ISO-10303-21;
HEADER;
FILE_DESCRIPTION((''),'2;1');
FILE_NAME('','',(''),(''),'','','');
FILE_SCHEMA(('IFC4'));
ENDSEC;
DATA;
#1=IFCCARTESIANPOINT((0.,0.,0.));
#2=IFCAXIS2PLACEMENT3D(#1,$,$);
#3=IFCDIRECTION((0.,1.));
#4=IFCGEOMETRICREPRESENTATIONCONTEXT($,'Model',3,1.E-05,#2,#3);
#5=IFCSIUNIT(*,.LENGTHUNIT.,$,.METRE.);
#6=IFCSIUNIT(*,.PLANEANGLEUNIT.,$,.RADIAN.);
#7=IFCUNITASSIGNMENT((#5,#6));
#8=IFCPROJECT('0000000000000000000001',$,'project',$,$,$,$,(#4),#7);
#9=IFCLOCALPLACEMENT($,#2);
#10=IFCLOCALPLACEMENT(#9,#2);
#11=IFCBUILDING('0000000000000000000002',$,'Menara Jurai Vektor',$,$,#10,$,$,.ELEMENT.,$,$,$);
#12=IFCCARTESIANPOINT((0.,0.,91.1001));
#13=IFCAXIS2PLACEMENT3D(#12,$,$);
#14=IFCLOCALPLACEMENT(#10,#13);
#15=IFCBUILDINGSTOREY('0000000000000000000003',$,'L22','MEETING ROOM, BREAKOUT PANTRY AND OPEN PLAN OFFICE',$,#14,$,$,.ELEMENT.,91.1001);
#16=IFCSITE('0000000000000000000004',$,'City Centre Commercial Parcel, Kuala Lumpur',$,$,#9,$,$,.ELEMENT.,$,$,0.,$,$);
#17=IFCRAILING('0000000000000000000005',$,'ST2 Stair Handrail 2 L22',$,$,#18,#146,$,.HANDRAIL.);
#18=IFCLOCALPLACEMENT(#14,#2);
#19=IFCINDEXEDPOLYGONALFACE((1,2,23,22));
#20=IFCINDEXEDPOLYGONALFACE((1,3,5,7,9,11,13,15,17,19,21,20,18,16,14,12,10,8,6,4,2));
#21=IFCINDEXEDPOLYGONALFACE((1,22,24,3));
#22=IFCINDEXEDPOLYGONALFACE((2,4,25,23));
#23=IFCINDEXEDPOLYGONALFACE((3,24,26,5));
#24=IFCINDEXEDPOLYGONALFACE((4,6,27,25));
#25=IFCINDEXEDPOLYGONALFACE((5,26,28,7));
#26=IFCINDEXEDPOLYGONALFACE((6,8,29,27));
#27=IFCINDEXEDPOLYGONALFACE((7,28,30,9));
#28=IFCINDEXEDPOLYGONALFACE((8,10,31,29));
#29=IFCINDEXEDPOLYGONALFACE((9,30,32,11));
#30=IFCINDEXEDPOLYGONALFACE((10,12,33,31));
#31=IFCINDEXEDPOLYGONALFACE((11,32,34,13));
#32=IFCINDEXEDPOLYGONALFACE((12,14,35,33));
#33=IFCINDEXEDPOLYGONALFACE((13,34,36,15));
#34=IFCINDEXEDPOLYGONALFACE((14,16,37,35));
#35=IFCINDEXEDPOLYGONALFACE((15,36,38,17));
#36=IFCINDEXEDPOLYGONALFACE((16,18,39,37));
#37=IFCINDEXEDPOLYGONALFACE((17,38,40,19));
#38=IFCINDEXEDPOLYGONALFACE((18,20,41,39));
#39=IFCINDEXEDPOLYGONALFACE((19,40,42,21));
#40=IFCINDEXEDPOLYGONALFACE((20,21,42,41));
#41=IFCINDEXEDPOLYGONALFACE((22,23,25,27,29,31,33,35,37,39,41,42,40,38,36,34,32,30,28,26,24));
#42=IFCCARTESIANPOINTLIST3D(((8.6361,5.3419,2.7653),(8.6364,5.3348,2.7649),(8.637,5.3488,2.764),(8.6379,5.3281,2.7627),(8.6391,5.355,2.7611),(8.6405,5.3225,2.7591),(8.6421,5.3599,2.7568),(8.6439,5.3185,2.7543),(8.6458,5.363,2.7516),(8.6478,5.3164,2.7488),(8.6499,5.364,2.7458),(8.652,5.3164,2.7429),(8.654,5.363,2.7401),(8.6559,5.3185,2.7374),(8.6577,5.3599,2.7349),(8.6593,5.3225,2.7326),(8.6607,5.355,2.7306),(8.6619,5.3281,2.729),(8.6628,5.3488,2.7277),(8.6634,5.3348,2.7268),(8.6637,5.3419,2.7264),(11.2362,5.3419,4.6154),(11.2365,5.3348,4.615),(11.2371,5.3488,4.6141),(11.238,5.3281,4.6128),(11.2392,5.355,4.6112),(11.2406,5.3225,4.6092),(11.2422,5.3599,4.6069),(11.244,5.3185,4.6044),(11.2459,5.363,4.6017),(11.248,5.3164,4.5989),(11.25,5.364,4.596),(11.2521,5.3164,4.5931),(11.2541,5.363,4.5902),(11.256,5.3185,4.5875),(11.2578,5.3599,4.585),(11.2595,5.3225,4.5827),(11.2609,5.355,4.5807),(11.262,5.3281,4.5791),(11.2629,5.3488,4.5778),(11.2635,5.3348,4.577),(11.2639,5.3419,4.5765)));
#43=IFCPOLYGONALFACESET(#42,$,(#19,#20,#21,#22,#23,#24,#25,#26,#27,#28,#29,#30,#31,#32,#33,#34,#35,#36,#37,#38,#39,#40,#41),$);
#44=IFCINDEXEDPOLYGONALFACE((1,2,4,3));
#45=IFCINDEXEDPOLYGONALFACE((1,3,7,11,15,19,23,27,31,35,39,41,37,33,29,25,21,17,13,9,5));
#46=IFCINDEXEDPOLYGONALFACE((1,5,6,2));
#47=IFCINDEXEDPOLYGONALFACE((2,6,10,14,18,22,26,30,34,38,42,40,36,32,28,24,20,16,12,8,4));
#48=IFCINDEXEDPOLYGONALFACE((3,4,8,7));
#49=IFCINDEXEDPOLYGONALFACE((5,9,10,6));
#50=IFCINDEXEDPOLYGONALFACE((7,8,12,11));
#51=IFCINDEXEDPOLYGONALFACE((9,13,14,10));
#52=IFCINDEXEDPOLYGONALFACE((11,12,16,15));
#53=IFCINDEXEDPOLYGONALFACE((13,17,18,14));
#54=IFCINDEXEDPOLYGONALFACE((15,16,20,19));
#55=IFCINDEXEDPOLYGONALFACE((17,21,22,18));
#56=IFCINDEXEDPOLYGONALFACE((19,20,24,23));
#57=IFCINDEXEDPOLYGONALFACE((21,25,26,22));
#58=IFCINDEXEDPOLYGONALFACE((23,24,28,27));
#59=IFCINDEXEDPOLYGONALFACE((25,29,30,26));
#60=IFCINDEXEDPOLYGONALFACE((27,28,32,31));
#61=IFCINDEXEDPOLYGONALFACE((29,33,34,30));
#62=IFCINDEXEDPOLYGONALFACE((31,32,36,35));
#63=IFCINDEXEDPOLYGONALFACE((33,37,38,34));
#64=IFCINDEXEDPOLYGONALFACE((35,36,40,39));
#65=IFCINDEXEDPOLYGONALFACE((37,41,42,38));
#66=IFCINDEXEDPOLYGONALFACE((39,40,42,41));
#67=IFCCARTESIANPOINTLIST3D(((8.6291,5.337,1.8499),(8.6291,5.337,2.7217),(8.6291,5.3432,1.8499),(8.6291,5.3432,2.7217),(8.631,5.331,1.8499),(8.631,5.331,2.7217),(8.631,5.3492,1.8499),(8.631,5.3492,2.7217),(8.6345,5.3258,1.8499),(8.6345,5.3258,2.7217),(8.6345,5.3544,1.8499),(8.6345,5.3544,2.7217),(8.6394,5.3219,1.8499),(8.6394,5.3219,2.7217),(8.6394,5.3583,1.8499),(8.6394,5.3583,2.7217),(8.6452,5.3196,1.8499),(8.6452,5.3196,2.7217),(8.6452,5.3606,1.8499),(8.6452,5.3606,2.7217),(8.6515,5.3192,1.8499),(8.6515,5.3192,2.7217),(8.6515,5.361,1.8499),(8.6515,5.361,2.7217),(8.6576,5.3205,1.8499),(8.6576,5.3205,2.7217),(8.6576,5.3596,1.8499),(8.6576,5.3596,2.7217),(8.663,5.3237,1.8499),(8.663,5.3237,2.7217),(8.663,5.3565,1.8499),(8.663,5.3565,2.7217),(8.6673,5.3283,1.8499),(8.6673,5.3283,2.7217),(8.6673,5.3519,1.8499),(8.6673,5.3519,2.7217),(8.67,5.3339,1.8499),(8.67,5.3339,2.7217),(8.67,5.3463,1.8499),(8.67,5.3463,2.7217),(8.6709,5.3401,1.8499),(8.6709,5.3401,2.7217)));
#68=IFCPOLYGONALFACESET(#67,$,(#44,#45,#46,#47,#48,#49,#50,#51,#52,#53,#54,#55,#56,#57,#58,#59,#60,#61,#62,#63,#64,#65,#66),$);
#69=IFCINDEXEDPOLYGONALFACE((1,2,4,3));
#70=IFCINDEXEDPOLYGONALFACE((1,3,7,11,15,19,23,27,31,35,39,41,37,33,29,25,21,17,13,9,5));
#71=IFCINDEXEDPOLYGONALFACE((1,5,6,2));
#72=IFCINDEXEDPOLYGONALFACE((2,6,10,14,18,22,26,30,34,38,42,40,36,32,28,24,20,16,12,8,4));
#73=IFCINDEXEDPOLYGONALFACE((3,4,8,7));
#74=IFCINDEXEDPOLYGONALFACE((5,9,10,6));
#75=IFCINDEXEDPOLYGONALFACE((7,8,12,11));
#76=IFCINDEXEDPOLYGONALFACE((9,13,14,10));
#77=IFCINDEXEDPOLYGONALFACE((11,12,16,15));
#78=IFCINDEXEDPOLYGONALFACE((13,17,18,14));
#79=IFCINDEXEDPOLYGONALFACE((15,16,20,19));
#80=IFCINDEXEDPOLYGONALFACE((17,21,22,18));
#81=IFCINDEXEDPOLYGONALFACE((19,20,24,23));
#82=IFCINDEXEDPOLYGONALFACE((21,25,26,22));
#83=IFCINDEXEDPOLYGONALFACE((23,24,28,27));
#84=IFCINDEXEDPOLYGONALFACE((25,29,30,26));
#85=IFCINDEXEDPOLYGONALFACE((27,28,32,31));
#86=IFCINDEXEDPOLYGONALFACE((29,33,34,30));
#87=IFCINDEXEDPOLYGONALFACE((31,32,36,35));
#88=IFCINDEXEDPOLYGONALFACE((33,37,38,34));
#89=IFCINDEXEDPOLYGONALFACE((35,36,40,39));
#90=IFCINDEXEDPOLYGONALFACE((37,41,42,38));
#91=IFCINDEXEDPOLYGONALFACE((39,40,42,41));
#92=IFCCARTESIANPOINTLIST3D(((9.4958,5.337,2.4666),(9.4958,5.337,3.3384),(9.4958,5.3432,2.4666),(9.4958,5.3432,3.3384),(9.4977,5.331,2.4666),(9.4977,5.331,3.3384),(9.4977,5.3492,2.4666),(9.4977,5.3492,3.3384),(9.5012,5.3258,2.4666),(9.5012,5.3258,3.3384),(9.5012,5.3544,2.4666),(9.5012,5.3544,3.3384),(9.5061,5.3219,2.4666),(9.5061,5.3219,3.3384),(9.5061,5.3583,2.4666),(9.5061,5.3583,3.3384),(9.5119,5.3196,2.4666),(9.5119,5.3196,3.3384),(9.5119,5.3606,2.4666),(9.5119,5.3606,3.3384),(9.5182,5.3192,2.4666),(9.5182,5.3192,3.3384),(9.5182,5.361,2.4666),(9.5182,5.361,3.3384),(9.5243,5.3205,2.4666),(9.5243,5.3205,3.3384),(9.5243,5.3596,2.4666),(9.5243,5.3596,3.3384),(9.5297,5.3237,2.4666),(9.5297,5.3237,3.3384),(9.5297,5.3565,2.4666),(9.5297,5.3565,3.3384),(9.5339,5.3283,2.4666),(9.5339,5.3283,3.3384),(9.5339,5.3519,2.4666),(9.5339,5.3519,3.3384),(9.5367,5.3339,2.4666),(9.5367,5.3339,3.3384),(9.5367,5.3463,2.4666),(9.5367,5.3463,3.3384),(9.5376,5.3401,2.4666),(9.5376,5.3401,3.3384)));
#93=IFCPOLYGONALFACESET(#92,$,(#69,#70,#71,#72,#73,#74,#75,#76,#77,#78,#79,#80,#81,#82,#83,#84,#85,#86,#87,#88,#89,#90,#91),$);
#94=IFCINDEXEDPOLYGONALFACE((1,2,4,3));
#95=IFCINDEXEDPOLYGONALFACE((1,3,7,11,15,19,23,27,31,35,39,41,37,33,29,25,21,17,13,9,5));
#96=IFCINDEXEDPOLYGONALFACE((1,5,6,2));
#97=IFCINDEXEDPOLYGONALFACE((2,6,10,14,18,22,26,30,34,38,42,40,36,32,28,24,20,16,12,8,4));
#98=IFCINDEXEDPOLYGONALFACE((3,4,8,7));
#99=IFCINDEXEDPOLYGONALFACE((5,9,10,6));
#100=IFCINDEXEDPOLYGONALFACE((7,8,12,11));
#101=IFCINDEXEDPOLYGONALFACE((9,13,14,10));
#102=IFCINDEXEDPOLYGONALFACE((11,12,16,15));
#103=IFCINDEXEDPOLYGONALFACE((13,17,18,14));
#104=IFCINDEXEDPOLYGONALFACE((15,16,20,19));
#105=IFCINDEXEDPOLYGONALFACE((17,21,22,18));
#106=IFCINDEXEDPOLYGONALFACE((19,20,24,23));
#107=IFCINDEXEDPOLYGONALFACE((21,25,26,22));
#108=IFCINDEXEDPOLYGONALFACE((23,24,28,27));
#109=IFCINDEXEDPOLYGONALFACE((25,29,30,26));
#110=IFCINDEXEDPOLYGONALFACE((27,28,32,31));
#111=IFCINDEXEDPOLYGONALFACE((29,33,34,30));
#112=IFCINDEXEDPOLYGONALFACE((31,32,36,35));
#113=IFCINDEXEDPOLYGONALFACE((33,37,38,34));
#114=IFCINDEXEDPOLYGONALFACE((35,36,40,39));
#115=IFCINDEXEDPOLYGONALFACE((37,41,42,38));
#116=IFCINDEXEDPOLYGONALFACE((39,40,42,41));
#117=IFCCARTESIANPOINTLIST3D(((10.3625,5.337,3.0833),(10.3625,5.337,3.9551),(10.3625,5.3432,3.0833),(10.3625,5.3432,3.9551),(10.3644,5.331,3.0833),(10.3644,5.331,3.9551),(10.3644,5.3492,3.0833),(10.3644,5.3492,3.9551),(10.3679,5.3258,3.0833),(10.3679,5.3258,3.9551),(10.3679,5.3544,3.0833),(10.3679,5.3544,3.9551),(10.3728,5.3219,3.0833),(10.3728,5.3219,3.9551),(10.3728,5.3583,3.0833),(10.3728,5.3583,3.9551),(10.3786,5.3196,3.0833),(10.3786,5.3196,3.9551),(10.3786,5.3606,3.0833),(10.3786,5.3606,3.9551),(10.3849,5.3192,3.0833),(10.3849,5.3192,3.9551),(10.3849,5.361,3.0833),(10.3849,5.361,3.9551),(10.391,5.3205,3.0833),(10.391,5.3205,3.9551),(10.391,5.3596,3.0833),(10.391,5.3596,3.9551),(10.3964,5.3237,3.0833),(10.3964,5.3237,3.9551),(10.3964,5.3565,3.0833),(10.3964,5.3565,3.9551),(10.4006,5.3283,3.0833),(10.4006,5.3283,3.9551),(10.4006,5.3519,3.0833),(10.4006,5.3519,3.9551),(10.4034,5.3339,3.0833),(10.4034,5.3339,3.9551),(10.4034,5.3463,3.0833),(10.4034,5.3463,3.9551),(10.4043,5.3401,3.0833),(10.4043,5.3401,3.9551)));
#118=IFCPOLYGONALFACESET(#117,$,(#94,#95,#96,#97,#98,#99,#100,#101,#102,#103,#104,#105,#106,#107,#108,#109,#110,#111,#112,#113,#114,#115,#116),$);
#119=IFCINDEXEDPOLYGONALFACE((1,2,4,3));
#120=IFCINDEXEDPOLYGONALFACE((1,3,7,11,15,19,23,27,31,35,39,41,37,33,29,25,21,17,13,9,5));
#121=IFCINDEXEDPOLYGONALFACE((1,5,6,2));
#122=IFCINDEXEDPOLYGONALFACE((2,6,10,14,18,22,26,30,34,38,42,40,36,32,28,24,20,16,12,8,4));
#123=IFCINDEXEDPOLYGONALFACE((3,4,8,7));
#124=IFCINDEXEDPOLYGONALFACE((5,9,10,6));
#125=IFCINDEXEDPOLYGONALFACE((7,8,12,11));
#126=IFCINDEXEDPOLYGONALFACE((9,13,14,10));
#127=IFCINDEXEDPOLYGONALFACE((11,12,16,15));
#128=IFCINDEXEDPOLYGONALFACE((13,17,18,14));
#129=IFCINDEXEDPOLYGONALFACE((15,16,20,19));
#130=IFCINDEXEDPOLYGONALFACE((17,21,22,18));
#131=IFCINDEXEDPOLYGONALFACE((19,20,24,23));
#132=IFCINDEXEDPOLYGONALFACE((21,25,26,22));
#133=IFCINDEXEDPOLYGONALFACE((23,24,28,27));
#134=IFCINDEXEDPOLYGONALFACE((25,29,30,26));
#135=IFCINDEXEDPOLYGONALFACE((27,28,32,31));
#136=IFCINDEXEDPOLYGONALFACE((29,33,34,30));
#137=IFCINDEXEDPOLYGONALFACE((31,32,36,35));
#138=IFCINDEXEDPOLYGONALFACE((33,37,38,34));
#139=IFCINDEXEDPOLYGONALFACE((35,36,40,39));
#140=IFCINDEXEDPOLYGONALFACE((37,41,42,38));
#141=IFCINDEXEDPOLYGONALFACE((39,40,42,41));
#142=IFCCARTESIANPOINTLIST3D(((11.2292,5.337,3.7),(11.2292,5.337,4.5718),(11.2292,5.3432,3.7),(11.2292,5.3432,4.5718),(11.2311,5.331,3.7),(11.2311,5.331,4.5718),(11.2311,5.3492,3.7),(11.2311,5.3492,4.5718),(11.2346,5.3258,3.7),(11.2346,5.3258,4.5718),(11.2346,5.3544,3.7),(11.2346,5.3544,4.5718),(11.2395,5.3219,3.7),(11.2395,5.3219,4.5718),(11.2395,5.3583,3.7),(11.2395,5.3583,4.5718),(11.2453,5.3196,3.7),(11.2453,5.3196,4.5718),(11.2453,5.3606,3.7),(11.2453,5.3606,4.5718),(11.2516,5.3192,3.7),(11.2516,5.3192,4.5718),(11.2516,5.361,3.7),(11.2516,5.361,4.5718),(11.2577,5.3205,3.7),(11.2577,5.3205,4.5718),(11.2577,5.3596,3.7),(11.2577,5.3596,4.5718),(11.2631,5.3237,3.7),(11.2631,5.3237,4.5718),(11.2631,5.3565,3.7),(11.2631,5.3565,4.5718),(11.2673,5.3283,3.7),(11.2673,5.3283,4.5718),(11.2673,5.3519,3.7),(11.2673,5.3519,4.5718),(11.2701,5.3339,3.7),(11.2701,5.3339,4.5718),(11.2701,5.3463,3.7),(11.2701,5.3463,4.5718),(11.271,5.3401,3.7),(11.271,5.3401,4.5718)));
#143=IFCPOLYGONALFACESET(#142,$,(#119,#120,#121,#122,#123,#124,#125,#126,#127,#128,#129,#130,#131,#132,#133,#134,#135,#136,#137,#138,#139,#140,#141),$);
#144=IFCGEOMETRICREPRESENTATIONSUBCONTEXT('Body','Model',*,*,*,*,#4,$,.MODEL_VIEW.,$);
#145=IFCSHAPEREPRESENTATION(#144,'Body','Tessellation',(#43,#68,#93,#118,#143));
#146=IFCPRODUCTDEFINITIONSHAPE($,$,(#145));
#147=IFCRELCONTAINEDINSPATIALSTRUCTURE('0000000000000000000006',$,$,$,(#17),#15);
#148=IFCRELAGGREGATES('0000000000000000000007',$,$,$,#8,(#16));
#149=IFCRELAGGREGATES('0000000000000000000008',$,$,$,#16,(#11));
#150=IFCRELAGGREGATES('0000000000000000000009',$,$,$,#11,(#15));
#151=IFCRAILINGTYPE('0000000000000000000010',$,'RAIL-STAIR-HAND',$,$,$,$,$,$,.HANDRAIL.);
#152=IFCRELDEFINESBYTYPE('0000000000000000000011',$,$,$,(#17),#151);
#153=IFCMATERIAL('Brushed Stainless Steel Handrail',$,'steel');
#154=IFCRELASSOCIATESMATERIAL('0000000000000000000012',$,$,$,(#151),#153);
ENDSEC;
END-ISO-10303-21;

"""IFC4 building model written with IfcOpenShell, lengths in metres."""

from ifc_helpers import new_model, si_unit, direction, frame, origin, origin_2d, place, context, subcontext, project, spatial, circle, extrude, material, type_object, element, save


model = new_model("IFC4")

# Units and contexts
model_context = context("Model", 3, precision=1e-05, world=origin(), true_north=direction((0.0, 1.0)))
body_context = subcontext(model_context, "Body", "Model", "MODEL_VIEW")
ifc_project = project(units=[si_unit("LENGTHUNIT", "METRE"), si_unit("PLANEANGLEUNIT", "RADIAN")], contexts=[model_context])

# Site, building, storey
site_placement = place(None, origin())
site = spatial("IfcSite", under=ifc_project, at=site_placement, Name="City Centre Commercial Parcel, Kuala Lumpur", CompositionType="ELEMENT", RefElevation=0.0)
building_placement = place(site_placement, origin())
building = spatial("IfcBuilding", under=site, at=building_placement, Name="Menara Jurai Vektor", CompositionType="ELEMENT")
storey_placement = place(building_placement, frame((0.0, 0.0, 91.1001)))
storey = spatial("IfcBuildingStorey", under=building, at=storey_placement, Name="L22", Description="MEETING ROOM, BREAKOUT PANTRY AND OPEN PLAN OFFICE", CompositionType="ELEMENT", Elevation=91.1001)

# Railing
ifc_material_1 = material(Name="Brushed Stainless Steel Handrail", Category="steel")
railing_type_1 = type_object("IfcRailingType", Name="RAIL-STAIR-HAND", PredefinedType="HANDRAIL", material=ifc_material_1)
railing_1_placement = place(storey_placement, frame((8.6499, 5.3401, 1.8499)))
element("IfcRailing", 1, at=railing_1_placement, inside=storey, type_object=railing_type_1, Name="ST2 Stair Handrail 2 L22", PredefinedType="HANDRAIL", context=body_context, shape_type="SweptSolid", body=[
    extrude(circle(Radius=0.0239, at=origin_2d()), frame((0.0, 0.0, 0.896), z_axis=(0.814787, 0.0, 0.579761), x_axis=(0.0, 1.0, 0.0)), (0.0, 0.0, 1.0), 3.1912),
    extrude(circle(Radius=0.021, at=origin_2d()), origin(), (0.0, 0.0, 1.0), 0.8718),
    extrude(circle(Radius=0.021, at=origin_2d()), frame((0.8667, 0.0, 0.6167)), (0.0, 0.0, 1.0), 0.8718),
    extrude(circle(Radius=0.021, at=origin_2d()), frame((1.7334, 0.0, 1.2334)), (0.0, 0.0, 1.0), 0.8718),
    extrude(circle(Radius=0.021, at=origin_2d()), frame((2.6001, 0.0, 1.8501)), (0.0, 0.0, 1.0), 0.8718),
])

save(model, "model.ifc")
